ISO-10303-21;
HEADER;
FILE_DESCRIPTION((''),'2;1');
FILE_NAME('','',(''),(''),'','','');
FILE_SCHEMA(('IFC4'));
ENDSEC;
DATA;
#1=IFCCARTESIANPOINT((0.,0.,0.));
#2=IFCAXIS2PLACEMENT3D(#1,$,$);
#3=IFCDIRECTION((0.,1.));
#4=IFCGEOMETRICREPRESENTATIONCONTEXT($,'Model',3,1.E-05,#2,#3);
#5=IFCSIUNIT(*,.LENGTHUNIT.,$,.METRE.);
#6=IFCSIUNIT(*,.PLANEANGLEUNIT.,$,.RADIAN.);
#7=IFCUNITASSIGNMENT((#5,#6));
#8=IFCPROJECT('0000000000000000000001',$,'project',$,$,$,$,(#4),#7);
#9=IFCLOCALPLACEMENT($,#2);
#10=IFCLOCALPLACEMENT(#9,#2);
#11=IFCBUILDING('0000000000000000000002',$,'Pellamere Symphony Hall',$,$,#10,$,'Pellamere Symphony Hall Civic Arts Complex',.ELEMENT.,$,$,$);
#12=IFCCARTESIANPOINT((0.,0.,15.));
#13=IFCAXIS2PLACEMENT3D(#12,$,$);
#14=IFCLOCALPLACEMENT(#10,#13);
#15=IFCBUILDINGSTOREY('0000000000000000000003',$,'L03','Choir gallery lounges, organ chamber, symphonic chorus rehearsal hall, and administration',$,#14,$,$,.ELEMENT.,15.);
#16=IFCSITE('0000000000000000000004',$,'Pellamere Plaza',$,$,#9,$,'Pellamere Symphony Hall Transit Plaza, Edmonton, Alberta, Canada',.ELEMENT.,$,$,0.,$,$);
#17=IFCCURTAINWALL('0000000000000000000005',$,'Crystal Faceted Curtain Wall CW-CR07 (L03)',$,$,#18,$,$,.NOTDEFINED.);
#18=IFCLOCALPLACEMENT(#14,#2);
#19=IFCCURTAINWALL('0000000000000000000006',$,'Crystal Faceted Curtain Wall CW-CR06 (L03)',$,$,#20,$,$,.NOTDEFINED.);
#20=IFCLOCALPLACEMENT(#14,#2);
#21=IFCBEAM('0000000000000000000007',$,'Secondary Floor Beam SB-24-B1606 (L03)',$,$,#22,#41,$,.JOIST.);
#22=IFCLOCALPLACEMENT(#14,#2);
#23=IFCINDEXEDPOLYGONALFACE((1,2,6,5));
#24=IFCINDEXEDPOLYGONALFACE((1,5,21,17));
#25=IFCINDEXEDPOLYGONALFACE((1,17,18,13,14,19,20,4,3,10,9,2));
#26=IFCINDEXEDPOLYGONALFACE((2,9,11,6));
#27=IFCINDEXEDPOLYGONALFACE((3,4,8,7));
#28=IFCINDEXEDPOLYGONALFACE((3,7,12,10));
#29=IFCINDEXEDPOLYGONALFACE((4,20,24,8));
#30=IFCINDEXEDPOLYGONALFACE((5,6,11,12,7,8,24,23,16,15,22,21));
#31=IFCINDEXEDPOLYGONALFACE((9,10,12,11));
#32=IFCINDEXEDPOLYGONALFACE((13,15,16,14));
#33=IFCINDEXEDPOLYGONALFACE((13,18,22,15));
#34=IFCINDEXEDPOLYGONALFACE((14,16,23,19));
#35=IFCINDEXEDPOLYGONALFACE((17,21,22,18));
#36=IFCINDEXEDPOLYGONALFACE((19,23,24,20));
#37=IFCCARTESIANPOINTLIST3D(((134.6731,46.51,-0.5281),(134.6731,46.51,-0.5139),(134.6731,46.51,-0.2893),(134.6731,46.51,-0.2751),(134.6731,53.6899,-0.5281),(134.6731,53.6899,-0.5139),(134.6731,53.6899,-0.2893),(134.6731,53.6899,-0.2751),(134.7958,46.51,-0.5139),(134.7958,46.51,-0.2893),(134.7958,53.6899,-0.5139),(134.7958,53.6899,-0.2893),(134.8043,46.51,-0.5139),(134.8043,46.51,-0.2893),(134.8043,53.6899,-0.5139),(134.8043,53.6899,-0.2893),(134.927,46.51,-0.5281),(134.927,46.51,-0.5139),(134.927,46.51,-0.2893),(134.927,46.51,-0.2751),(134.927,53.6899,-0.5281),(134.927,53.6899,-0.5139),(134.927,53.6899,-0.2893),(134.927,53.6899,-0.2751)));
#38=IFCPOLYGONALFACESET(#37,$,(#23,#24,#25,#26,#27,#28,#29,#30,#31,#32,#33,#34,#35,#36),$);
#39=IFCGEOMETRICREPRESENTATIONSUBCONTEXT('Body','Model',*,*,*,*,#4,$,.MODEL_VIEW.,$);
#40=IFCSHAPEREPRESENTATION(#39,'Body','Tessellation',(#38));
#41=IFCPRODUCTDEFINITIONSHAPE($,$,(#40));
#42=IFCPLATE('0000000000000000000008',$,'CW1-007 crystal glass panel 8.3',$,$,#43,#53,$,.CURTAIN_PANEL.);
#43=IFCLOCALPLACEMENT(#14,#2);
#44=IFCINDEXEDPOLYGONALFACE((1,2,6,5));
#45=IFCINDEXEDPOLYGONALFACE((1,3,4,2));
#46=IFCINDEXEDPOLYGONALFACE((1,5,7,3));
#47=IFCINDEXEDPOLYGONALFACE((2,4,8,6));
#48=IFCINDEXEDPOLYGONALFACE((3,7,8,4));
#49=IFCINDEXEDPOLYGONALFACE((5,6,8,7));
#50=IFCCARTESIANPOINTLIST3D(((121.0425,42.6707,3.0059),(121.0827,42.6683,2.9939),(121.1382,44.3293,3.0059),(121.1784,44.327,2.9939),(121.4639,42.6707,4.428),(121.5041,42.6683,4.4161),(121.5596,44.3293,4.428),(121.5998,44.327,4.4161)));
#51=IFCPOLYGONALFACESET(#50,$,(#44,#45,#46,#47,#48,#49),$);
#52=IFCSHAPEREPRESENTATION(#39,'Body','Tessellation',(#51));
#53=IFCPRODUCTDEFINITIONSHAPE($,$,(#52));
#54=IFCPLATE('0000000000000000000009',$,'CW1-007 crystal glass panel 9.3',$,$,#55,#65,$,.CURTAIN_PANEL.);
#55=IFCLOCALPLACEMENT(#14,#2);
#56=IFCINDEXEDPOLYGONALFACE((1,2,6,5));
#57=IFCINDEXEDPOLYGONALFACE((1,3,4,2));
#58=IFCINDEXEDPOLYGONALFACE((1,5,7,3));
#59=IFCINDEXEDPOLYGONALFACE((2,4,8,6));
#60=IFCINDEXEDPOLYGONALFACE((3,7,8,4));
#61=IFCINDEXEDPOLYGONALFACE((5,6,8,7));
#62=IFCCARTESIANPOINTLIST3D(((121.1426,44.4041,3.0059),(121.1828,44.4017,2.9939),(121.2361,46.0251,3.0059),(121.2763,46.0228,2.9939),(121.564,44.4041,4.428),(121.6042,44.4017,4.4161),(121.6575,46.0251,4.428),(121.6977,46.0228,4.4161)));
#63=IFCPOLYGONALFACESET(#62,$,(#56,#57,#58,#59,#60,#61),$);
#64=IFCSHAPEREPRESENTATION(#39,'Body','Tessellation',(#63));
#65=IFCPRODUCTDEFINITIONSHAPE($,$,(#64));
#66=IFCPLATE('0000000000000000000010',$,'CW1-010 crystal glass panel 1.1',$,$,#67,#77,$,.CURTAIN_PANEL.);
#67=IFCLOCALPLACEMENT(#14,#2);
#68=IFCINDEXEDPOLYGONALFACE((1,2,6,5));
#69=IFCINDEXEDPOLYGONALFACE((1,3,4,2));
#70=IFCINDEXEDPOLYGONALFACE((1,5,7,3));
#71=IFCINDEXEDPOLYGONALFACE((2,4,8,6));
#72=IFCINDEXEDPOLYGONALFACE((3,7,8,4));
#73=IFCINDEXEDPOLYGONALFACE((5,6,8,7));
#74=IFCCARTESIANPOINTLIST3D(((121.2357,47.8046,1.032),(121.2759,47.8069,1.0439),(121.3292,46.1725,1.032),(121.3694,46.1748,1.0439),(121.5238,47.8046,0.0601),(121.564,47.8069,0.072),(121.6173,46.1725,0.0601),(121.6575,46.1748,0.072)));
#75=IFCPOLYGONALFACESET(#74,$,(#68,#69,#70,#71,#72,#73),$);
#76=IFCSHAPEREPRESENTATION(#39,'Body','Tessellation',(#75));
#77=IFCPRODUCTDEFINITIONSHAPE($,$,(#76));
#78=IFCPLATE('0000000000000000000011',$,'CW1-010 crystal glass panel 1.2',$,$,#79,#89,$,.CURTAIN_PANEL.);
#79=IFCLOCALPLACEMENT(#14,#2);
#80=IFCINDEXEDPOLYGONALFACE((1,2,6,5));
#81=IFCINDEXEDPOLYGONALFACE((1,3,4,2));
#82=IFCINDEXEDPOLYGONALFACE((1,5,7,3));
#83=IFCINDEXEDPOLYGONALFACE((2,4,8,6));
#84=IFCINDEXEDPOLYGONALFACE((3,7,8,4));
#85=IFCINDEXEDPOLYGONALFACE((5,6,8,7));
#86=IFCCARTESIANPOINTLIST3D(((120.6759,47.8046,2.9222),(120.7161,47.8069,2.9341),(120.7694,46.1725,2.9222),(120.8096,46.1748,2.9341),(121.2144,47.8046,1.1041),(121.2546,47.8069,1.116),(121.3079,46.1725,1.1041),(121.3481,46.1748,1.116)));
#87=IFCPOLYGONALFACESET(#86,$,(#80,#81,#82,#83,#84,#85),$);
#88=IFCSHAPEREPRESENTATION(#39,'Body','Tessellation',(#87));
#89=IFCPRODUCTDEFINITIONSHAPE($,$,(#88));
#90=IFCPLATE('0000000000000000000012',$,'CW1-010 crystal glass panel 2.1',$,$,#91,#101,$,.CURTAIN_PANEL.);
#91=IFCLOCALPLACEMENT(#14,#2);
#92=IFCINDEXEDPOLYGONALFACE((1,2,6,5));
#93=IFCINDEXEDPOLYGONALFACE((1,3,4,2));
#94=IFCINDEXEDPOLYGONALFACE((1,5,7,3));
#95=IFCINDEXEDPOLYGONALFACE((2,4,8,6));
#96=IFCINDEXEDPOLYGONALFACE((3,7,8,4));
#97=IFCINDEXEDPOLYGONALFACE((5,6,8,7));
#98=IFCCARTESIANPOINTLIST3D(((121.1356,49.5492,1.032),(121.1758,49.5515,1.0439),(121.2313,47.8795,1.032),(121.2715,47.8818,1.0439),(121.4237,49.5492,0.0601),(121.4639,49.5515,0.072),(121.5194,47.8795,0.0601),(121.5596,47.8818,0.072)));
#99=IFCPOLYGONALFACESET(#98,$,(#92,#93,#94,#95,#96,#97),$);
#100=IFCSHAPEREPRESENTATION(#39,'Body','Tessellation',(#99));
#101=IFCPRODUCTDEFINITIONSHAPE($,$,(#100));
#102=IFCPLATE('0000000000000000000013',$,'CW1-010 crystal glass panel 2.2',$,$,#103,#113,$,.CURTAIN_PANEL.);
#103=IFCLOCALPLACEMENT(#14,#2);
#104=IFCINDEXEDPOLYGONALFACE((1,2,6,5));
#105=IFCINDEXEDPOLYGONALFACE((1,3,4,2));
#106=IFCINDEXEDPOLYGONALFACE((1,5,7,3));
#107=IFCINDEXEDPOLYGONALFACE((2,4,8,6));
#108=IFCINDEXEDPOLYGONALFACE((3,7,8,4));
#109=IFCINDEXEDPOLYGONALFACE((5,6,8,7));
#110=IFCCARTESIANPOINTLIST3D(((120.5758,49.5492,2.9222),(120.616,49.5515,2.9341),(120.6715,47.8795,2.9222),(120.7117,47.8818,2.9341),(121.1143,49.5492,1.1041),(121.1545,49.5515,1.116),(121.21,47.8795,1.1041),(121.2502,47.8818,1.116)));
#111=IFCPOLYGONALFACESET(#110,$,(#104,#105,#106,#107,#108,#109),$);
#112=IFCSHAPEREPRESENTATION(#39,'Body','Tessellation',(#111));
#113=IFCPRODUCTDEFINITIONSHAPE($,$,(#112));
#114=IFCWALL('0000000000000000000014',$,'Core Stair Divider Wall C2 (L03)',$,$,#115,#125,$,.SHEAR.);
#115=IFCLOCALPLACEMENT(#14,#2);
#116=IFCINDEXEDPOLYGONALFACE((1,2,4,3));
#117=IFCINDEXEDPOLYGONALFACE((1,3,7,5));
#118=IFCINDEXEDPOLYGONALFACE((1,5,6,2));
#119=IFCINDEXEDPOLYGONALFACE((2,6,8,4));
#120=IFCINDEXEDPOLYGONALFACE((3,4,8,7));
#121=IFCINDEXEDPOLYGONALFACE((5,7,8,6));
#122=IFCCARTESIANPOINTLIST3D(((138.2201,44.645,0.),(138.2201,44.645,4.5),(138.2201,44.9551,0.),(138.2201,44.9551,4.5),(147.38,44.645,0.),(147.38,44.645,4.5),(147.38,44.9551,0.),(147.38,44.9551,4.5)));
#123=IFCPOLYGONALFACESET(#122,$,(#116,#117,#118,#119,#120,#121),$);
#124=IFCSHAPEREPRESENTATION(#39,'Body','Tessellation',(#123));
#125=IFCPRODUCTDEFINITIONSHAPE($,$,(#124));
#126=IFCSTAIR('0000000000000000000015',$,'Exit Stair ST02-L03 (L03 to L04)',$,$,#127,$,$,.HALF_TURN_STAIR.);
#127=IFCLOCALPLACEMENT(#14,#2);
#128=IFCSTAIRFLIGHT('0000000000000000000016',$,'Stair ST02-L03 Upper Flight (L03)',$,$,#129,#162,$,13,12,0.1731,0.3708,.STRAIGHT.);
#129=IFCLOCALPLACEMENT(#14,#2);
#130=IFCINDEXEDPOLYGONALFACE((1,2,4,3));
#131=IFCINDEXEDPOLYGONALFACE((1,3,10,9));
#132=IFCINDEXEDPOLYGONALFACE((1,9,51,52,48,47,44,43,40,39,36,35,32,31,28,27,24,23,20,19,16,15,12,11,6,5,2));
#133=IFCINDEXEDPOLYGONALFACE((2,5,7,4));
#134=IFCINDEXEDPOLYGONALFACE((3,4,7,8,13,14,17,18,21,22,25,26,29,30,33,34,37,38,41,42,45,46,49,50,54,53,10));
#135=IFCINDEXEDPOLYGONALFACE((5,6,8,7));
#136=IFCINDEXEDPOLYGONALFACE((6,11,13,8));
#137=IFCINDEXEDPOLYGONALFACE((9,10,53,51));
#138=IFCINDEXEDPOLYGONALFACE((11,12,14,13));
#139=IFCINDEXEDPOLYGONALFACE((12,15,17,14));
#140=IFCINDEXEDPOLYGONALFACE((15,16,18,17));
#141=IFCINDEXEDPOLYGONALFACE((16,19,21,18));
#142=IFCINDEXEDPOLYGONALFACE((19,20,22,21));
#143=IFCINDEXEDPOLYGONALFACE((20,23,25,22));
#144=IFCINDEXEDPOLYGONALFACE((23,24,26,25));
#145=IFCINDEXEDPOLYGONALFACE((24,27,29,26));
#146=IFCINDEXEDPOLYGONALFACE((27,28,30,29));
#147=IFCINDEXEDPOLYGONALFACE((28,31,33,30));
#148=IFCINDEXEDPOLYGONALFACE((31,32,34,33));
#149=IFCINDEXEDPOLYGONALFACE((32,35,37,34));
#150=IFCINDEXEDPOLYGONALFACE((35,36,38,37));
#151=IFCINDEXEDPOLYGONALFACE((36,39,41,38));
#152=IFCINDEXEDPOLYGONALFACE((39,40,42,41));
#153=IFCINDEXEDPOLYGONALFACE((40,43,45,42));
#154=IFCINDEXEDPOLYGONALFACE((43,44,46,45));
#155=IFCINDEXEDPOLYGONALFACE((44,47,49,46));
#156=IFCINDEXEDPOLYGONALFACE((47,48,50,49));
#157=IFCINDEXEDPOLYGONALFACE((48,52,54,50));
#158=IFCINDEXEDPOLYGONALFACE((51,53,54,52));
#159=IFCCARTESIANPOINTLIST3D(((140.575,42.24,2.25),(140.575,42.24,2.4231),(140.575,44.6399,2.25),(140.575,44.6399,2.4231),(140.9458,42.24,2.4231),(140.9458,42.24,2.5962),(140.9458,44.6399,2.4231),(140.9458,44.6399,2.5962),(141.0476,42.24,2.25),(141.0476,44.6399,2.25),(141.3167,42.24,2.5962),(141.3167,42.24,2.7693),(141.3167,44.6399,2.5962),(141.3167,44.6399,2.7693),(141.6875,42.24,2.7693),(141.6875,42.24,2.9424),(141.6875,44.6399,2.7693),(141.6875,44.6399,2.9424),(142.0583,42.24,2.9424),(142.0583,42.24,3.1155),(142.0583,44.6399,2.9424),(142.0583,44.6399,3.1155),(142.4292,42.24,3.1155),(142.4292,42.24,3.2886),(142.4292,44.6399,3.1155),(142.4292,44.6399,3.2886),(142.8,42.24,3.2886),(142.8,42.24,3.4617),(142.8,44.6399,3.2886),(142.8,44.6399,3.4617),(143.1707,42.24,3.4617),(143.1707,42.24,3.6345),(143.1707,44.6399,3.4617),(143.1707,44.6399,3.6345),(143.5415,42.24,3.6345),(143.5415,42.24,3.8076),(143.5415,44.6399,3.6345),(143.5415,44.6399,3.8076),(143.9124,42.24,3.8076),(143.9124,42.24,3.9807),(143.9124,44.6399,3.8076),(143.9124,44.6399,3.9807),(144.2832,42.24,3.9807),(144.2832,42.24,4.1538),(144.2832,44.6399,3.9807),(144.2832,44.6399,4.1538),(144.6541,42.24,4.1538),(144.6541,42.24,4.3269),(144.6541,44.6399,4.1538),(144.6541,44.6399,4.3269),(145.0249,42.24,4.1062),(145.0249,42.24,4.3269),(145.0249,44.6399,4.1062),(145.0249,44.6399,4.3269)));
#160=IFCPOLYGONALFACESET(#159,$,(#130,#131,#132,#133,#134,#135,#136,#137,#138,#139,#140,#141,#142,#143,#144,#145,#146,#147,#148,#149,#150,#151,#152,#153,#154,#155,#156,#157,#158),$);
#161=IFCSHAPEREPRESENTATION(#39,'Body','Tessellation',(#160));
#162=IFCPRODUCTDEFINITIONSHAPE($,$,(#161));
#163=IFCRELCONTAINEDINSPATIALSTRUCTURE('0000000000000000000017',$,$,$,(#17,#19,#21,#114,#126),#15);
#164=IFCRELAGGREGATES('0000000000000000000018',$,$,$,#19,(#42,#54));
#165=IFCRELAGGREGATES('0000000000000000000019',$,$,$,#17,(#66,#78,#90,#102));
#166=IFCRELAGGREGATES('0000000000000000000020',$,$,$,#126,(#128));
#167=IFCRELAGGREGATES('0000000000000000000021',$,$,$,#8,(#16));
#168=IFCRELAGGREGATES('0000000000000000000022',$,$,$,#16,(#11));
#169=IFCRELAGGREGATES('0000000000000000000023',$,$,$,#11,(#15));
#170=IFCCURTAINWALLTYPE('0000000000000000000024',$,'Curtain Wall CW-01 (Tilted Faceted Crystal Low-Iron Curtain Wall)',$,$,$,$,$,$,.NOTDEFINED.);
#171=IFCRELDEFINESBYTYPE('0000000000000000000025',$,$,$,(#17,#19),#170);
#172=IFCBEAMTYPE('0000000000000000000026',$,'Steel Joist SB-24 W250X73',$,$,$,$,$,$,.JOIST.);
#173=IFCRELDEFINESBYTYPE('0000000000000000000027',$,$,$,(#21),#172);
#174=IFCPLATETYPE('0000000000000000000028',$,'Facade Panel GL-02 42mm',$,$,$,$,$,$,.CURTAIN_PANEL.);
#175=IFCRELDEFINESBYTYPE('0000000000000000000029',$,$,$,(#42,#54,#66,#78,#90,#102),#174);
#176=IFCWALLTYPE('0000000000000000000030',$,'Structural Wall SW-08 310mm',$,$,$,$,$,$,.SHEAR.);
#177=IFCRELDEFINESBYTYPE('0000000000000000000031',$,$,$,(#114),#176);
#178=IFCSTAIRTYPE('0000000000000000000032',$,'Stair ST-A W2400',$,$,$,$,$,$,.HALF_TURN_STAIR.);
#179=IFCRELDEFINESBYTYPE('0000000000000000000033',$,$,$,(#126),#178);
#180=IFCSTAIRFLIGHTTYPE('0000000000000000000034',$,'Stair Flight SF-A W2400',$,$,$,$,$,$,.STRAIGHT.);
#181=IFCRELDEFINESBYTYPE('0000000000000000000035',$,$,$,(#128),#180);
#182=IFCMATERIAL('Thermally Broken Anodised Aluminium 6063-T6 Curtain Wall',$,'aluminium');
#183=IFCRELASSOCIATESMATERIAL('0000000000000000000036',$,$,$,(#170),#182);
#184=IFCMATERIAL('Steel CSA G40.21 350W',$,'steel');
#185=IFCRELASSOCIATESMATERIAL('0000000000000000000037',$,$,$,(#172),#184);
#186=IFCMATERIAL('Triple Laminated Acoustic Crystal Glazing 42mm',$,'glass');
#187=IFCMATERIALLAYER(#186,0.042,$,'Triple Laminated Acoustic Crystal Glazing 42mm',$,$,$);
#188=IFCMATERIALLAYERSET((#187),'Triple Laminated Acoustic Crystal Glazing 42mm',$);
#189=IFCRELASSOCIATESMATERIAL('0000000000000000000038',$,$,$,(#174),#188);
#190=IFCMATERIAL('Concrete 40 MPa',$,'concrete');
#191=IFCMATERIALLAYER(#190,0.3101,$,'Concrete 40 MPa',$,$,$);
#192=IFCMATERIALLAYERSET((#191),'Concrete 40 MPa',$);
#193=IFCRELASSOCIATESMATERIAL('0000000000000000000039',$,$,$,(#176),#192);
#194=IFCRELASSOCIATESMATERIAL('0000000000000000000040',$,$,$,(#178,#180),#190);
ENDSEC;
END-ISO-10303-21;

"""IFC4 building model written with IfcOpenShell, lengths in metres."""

from ifc_helpers import new_model, si_unit, direction, frame, frame_2d, origin, origin_2d, place, context, subcontext, project, spatial, polyline, rectangle, i_section, outline, extrude, material, layer, layer_set, material_profile, profile_set, type_object, element, aggregate, save


model = new_model("IFC4")

# Units and contexts
model_context = context("Model", 3, precision=1e-05, world=origin(), true_north=direction((0.0, 1.0)))
body_context = subcontext(model_context, "Body", "Model", "MODEL_VIEW")
ifc_project = project(units=[si_unit("LENGTHUNIT", "METRE"), si_unit("PLANEANGLEUNIT", "RADIAN")], contexts=[model_context])

# Site, building, storey
site_placement = place(None, origin())
site = spatial("IfcSite", under=ifc_project, at=site_placement, Name="Pellamere Plaza", LongName="Pellamere Symphony Hall Transit Plaza, Edmonton, Alberta, Canada", CompositionType="ELEMENT", RefElevation=0.0)
building_placement = place(site_placement, origin())
building = spatial("IfcBuilding", under=site, at=building_placement, Name="Pellamere Symphony Hall", LongName="Pellamere Symphony Hall Civic Arts Complex", CompositionType="ELEMENT")
storey_placement = place(building_placement, frame((0.0, 0.0, 15.0)))
storey = spatial("IfcBuildingStorey", under=building, at=storey_placement, Name="L03", Description="Choir gallery lounges, organ chamber, symphonic chorus rehearsal hall, and administration", CompositionType="ELEMENT", Elevation=15.0)

# Shared definitions
ifc_material_1 = material(Name="Concrete 40 MPa", Category="concrete")

# Curtain walls
ifc_material_2 = material(Name="Thermally Broken Anodised Aluminium 6063-T6 Curtain Wall", Category="aluminium")
curtain_wall_type = type_object("IfcCurtainWallType", Name="Curtain Wall CW-01 (Tilted Faceted Crystal Low-Iron Curtain Wall)", PredefinedType="NOTDEFINED", material=ifc_material_2)
curtain_wall_1_placement = place(storey_placement, origin())
curtain_wall_1 = element("IfcCurtainWall", 1, at=curtain_wall_1_placement, inside=storey, type_object=curtain_wall_type, Name="Crystal Faceted Curtain Wall CW-CR07 (L03)", PredefinedType="NOTDEFINED")
curtain_wall_2_placement = place(storey_placement, origin())
curtain_wall_2 = element("IfcCurtainWall", 2, at=curtain_wall_2_placement, inside=storey, type_object=curtain_wall_type, Name="Crystal Faceted Curtain Wall CW-CR06 (L03)", PredefinedType="NOTDEFINED")

# Beam
ifc_material_3 = material(Name="Steel CSA G40.21 350W", Category="steel")
ifc_material_profile_1 = material_profile(ifc_material_3, i_section(OverallWidth=0.2539, OverallDepth=0.2529, WebThickness=0.0085, FlangeThickness=0.0142, at=origin_2d()), Name="W250X73")
ifc_profile_set_1 = profile_set([ifc_material_profile_1], Name="Steel CSA G40.21 350W")
beam_type_1 = type_object("IfcBeamType", Name="Steel Joist SB-24 W250X73", PredefinedType="JOIST", material=ifc_profile_set_1)
for number, where, z_axis, x_axis, name in (
    (3, (134.8, 46.51, -0.4016), (0.0, 1.0, 0.0), (-1.0, 0.0, 0.0), "Secondary Floor Beam SB-24-B1606 (L03)"),
):
    element("IfcBeam", number, at=place(storey_placement, frame(where, z_axis=z_axis, x_axis=x_axis)), inside=storey, type_object=beam_type_1, Name=name, PredefinedType="JOIST", context=body_context, shape_type="SweptSolid", body=[
        extrude(i_section(OverallWidth=0.2539, OverallDepth=0.2529, WebThickness=0.0085, FlangeThickness=0.0142, at=origin_2d()), origin(), (0.0, 0.0, 1.0), 7.1799),
    ])

# Plates
ifc_material_4 = material(Name="Triple Laminated Acoustic Crystal Glazing 42mm", Category="glass")
ifc_layer_1 = layer(ifc_material_4, 0.042, Name="Triple Laminated Acoustic Crystal Glazing 42mm")
ifc_layer_set_1 = layer_set([ifc_layer_1], Name="Triple Laminated Acoustic Crystal Glazing 42mm")
plate_type = type_object("IfcPlateType", Name="Facade Panel GL-02 42mm", PredefinedType="CURTAIN_PANEL", material=ifc_layer_set_1)
plate_1_placement = place(storey_placement, frame((121.0425, 42.6707, 3.0059), z_axis=(-0.957331, 0.055236, 0.283666), x_axis=(0.057602, 0.99834, 0.0)))
plate_1 = element("IfcPlate", 4, at=plate_1_placement, type_object=plate_type, Name="CW1-007 crystal glass panel 8.3", PredefinedType="CURTAIN_PANEL", context=body_context, shape_type="SweptSolid", body=[
    extrude(outline(polyline([(0.0, 0.0), (1.6615, 0.0), (1.6857, -1.483), (0.0243, -1.483), (0.0, 0.0)])), origin(), (0.0, 0.0, -1.0), 0.042),
])
plate_2_placement = place(storey_placement, frame((121.1426, 44.4041, 3.0059), z_axis=(-0.957332, 0.05522, 0.283666), x_axis=(0.057585, 0.998341, 0.0)))
plate_2 = element("IfcPlate", 5, at=plate_2_placement, type_object=plate_type, Name="CW1-007 crystal glass panel 9.3", PredefinedType="CURTAIN_PANEL", context=body_context, shape_type="SweptSolid", body=[
    extrude(outline(polyline([(0.0, 0.0), (1.6238, 0.0), (1.6481, -1.483), (0.0243, -1.483), (0.0, 0.0)])), origin(), (0.0, 0.0, -1.0), 0.042),
])
aggregate(curtain_wall_2, [plate_1, plate_2])
plate_3_placement = place(storey_placement, frame((121.6575, 46.1748, 0.072), z_axis=(0.957326, 0.054848, 0.283759), x_axis=(-0.057199, 0.998363, 0.0)))
plate_3 = element("IfcPlate", 6, at=plate_3_placement, type_object=plate_type, Name="CW1-010 crystal glass panel 1.1", PredefinedType="CURTAIN_PANEL", context=body_context, shape_type="SweptSolid", body=[
    extrude(outline(polyline([(0.0, 0.0), (1.6348, 0.0), (1.6512, 1.0136), (0.0165, 1.0136), (0.0, 0.0)])), origin(), (0.0, 0.0, -1.0), 0.042),
])
plate_4_placement = place(storey_placement, frame((121.3481, 46.1748, 1.116), z_axis=(0.957373, 0.05485, 0.283599), x_axis=(-0.057199, 0.998363, 0.0)))
plate_4 = element("IfcPlate", 7, at=plate_4_placement, type_object=plate_type, Name="CW1-010 crystal glass panel 1.2", PredefinedType="CURTAIN_PANEL", context=body_context, shape_type="SweptSolid", body=[
    extrude(outline(polyline([(0.0, 0.0), (1.6348, 0.0), (1.6656, 1.896), (0.0308, 1.896), (0.0, 0.0)])), origin(), (0.0, 0.0, -1.0), 0.042),
])
plate_5_placement = place(storey_placement, frame((121.5596, 47.8818, 0.072), z_axis=(0.957324, 0.054872, 0.283759), x_axis=(-0.057224, 0.998361, 0.0)))
plate_5 = element("IfcPlate", 8, at=plate_5_placement, type_object=plate_type, Name="CW1-010 crystal glass panel 2.1", PredefinedType="CURTAIN_PANEL", context=body_context, shape_type="SweptSolid", body=[
    extrude(outline(polyline([(0.0, 0.0), (1.6724, 0.0), (1.6889, 1.0136), (0.0165, 1.0136), (0.0, 0.0)])), origin(), (0.0, 0.0, -1.0), 0.042),
])
plate_6_placement = place(storey_placement, frame((121.2502, 47.8818, 1.116), z_axis=(0.957372, 0.054875, 0.283599), x_axis=(-0.057224, 0.998361, 0.0)))
plate_6 = element("IfcPlate", 9, at=plate_6_placement, type_object=plate_type, Name="CW1-010 crystal glass panel 2.2", PredefinedType="CURTAIN_PANEL", context=body_context, shape_type="SweptSolid", body=[
    extrude(outline(polyline([(0.0, 0.0), (1.6724, 0.0), (1.7032, 1.896), (0.0308, 1.896), (0.0, 0.0)])), origin(), (0.0, 0.0, -1.0), 0.042),
])
aggregate(curtain_wall_1, [plate_3, plate_4, plate_5, plate_6])

# Wall
ifc_layer_2 = layer(ifc_material_1, 0.3101, Name="Concrete 40 MPa")
ifc_layer_set_2 = layer_set([ifc_layer_2], Name="Concrete 40 MPa")
wall_type = type_object("IfcWallType", Name="Structural Wall SW-08 310mm", PredefinedType="SHEAR", material=ifc_layer_set_2)
wall_placement = place(storey_placement, frame((138.22, 44.8, 0.0), z_axis=(0.0, 0.0, 1.0), x_axis=(1.0, 0.0, 0.0)))
element("IfcWall", 10, at=wall_placement, inside=storey, type_object=wall_type, Name="Core Stair Divider Wall C2 (L03)", PredefinedType="SHEAR", context=body_context, shape_type="SweptSolid", body=[
    extrude(rectangle(XDim=9.1599, YDim=0.3101, at=frame_2d((4.5801, 0.0))), origin(), (0.0, 0.0, 1.0), 4.5),
])

# Stair, stair flight
stair_type = type_object("IfcStairType", Name="Stair ST-A W2400", PredefinedType="HALF_TURN_STAIR", material=ifc_material_1)
stair_placement = place(storey_placement, origin())
stair = element("IfcStair", 11, at=stair_placement, inside=storey, type_object=stair_type, Name="Exit Stair ST02-L03 (L03 to L04)", PredefinedType="HALF_TURN_STAIR")
stair_flight_type = type_object("IfcStairFlightType", Name="Stair Flight SF-A W2400", PredefinedType="STRAIGHT", material=ifc_material_1)
stair_flight_placement = place(storey_placement, frame((140.575, 43.4399, 2.25), z_axis=(0.0, 0.0, 1.0), x_axis=(1.0, 0.0, 0.0)))
stair_flight = element("IfcStairFlight", 12, at=stair_flight_placement, type_object=stair_flight_type, Name="Stair ST02-L03 Upper Flight (L03)", NumberOfRisers=13, NumberOfTreads=12, PredefinedType="STRAIGHT", RiserHeight=0.1731, TreadLength=0.3708, context=body_context, shape_type="SweptSolid", body=[
    extrude(outline(polyline([(0.0, 0.0), (0.0, 0.1731), (0.3708, 0.1731), (0.3708, 0.3462), (0.7417, 0.3462), (0.7417, 0.5193), (1.1125, 0.5193), (1.1125, 0.6924), (1.4834, 0.6924), (1.4834, 0.8655), (1.8542, 0.8655), (1.8542, 1.0386), (2.2251, 1.0386), (2.2251, 1.2117), (2.5957, 1.2117), (2.5957, 1.3845), (2.9666, 1.3845), (2.9666, 1.5576), (3.3374, 1.5576), (3.3374, 1.7307), (3.7083, 1.7307), (3.7083, 1.9038), (4.0791, 1.9038), (4.0791, 2.0769), (4.45, 2.0769), (4.45, 2.25), (4.45, 1.8562), (0.4727, 0.0), (0.0, 0.0)])), frame((0.0, 1.2, 0.0), z_axis=(0.0, -1.0, 0.0), x_axis=(1.0, 0.0, 0.0)), (0.0, 0.0, 1.0), 2.3999),
])
aggregate(stair, [stair_flight])

save(model, "model.ifc")
